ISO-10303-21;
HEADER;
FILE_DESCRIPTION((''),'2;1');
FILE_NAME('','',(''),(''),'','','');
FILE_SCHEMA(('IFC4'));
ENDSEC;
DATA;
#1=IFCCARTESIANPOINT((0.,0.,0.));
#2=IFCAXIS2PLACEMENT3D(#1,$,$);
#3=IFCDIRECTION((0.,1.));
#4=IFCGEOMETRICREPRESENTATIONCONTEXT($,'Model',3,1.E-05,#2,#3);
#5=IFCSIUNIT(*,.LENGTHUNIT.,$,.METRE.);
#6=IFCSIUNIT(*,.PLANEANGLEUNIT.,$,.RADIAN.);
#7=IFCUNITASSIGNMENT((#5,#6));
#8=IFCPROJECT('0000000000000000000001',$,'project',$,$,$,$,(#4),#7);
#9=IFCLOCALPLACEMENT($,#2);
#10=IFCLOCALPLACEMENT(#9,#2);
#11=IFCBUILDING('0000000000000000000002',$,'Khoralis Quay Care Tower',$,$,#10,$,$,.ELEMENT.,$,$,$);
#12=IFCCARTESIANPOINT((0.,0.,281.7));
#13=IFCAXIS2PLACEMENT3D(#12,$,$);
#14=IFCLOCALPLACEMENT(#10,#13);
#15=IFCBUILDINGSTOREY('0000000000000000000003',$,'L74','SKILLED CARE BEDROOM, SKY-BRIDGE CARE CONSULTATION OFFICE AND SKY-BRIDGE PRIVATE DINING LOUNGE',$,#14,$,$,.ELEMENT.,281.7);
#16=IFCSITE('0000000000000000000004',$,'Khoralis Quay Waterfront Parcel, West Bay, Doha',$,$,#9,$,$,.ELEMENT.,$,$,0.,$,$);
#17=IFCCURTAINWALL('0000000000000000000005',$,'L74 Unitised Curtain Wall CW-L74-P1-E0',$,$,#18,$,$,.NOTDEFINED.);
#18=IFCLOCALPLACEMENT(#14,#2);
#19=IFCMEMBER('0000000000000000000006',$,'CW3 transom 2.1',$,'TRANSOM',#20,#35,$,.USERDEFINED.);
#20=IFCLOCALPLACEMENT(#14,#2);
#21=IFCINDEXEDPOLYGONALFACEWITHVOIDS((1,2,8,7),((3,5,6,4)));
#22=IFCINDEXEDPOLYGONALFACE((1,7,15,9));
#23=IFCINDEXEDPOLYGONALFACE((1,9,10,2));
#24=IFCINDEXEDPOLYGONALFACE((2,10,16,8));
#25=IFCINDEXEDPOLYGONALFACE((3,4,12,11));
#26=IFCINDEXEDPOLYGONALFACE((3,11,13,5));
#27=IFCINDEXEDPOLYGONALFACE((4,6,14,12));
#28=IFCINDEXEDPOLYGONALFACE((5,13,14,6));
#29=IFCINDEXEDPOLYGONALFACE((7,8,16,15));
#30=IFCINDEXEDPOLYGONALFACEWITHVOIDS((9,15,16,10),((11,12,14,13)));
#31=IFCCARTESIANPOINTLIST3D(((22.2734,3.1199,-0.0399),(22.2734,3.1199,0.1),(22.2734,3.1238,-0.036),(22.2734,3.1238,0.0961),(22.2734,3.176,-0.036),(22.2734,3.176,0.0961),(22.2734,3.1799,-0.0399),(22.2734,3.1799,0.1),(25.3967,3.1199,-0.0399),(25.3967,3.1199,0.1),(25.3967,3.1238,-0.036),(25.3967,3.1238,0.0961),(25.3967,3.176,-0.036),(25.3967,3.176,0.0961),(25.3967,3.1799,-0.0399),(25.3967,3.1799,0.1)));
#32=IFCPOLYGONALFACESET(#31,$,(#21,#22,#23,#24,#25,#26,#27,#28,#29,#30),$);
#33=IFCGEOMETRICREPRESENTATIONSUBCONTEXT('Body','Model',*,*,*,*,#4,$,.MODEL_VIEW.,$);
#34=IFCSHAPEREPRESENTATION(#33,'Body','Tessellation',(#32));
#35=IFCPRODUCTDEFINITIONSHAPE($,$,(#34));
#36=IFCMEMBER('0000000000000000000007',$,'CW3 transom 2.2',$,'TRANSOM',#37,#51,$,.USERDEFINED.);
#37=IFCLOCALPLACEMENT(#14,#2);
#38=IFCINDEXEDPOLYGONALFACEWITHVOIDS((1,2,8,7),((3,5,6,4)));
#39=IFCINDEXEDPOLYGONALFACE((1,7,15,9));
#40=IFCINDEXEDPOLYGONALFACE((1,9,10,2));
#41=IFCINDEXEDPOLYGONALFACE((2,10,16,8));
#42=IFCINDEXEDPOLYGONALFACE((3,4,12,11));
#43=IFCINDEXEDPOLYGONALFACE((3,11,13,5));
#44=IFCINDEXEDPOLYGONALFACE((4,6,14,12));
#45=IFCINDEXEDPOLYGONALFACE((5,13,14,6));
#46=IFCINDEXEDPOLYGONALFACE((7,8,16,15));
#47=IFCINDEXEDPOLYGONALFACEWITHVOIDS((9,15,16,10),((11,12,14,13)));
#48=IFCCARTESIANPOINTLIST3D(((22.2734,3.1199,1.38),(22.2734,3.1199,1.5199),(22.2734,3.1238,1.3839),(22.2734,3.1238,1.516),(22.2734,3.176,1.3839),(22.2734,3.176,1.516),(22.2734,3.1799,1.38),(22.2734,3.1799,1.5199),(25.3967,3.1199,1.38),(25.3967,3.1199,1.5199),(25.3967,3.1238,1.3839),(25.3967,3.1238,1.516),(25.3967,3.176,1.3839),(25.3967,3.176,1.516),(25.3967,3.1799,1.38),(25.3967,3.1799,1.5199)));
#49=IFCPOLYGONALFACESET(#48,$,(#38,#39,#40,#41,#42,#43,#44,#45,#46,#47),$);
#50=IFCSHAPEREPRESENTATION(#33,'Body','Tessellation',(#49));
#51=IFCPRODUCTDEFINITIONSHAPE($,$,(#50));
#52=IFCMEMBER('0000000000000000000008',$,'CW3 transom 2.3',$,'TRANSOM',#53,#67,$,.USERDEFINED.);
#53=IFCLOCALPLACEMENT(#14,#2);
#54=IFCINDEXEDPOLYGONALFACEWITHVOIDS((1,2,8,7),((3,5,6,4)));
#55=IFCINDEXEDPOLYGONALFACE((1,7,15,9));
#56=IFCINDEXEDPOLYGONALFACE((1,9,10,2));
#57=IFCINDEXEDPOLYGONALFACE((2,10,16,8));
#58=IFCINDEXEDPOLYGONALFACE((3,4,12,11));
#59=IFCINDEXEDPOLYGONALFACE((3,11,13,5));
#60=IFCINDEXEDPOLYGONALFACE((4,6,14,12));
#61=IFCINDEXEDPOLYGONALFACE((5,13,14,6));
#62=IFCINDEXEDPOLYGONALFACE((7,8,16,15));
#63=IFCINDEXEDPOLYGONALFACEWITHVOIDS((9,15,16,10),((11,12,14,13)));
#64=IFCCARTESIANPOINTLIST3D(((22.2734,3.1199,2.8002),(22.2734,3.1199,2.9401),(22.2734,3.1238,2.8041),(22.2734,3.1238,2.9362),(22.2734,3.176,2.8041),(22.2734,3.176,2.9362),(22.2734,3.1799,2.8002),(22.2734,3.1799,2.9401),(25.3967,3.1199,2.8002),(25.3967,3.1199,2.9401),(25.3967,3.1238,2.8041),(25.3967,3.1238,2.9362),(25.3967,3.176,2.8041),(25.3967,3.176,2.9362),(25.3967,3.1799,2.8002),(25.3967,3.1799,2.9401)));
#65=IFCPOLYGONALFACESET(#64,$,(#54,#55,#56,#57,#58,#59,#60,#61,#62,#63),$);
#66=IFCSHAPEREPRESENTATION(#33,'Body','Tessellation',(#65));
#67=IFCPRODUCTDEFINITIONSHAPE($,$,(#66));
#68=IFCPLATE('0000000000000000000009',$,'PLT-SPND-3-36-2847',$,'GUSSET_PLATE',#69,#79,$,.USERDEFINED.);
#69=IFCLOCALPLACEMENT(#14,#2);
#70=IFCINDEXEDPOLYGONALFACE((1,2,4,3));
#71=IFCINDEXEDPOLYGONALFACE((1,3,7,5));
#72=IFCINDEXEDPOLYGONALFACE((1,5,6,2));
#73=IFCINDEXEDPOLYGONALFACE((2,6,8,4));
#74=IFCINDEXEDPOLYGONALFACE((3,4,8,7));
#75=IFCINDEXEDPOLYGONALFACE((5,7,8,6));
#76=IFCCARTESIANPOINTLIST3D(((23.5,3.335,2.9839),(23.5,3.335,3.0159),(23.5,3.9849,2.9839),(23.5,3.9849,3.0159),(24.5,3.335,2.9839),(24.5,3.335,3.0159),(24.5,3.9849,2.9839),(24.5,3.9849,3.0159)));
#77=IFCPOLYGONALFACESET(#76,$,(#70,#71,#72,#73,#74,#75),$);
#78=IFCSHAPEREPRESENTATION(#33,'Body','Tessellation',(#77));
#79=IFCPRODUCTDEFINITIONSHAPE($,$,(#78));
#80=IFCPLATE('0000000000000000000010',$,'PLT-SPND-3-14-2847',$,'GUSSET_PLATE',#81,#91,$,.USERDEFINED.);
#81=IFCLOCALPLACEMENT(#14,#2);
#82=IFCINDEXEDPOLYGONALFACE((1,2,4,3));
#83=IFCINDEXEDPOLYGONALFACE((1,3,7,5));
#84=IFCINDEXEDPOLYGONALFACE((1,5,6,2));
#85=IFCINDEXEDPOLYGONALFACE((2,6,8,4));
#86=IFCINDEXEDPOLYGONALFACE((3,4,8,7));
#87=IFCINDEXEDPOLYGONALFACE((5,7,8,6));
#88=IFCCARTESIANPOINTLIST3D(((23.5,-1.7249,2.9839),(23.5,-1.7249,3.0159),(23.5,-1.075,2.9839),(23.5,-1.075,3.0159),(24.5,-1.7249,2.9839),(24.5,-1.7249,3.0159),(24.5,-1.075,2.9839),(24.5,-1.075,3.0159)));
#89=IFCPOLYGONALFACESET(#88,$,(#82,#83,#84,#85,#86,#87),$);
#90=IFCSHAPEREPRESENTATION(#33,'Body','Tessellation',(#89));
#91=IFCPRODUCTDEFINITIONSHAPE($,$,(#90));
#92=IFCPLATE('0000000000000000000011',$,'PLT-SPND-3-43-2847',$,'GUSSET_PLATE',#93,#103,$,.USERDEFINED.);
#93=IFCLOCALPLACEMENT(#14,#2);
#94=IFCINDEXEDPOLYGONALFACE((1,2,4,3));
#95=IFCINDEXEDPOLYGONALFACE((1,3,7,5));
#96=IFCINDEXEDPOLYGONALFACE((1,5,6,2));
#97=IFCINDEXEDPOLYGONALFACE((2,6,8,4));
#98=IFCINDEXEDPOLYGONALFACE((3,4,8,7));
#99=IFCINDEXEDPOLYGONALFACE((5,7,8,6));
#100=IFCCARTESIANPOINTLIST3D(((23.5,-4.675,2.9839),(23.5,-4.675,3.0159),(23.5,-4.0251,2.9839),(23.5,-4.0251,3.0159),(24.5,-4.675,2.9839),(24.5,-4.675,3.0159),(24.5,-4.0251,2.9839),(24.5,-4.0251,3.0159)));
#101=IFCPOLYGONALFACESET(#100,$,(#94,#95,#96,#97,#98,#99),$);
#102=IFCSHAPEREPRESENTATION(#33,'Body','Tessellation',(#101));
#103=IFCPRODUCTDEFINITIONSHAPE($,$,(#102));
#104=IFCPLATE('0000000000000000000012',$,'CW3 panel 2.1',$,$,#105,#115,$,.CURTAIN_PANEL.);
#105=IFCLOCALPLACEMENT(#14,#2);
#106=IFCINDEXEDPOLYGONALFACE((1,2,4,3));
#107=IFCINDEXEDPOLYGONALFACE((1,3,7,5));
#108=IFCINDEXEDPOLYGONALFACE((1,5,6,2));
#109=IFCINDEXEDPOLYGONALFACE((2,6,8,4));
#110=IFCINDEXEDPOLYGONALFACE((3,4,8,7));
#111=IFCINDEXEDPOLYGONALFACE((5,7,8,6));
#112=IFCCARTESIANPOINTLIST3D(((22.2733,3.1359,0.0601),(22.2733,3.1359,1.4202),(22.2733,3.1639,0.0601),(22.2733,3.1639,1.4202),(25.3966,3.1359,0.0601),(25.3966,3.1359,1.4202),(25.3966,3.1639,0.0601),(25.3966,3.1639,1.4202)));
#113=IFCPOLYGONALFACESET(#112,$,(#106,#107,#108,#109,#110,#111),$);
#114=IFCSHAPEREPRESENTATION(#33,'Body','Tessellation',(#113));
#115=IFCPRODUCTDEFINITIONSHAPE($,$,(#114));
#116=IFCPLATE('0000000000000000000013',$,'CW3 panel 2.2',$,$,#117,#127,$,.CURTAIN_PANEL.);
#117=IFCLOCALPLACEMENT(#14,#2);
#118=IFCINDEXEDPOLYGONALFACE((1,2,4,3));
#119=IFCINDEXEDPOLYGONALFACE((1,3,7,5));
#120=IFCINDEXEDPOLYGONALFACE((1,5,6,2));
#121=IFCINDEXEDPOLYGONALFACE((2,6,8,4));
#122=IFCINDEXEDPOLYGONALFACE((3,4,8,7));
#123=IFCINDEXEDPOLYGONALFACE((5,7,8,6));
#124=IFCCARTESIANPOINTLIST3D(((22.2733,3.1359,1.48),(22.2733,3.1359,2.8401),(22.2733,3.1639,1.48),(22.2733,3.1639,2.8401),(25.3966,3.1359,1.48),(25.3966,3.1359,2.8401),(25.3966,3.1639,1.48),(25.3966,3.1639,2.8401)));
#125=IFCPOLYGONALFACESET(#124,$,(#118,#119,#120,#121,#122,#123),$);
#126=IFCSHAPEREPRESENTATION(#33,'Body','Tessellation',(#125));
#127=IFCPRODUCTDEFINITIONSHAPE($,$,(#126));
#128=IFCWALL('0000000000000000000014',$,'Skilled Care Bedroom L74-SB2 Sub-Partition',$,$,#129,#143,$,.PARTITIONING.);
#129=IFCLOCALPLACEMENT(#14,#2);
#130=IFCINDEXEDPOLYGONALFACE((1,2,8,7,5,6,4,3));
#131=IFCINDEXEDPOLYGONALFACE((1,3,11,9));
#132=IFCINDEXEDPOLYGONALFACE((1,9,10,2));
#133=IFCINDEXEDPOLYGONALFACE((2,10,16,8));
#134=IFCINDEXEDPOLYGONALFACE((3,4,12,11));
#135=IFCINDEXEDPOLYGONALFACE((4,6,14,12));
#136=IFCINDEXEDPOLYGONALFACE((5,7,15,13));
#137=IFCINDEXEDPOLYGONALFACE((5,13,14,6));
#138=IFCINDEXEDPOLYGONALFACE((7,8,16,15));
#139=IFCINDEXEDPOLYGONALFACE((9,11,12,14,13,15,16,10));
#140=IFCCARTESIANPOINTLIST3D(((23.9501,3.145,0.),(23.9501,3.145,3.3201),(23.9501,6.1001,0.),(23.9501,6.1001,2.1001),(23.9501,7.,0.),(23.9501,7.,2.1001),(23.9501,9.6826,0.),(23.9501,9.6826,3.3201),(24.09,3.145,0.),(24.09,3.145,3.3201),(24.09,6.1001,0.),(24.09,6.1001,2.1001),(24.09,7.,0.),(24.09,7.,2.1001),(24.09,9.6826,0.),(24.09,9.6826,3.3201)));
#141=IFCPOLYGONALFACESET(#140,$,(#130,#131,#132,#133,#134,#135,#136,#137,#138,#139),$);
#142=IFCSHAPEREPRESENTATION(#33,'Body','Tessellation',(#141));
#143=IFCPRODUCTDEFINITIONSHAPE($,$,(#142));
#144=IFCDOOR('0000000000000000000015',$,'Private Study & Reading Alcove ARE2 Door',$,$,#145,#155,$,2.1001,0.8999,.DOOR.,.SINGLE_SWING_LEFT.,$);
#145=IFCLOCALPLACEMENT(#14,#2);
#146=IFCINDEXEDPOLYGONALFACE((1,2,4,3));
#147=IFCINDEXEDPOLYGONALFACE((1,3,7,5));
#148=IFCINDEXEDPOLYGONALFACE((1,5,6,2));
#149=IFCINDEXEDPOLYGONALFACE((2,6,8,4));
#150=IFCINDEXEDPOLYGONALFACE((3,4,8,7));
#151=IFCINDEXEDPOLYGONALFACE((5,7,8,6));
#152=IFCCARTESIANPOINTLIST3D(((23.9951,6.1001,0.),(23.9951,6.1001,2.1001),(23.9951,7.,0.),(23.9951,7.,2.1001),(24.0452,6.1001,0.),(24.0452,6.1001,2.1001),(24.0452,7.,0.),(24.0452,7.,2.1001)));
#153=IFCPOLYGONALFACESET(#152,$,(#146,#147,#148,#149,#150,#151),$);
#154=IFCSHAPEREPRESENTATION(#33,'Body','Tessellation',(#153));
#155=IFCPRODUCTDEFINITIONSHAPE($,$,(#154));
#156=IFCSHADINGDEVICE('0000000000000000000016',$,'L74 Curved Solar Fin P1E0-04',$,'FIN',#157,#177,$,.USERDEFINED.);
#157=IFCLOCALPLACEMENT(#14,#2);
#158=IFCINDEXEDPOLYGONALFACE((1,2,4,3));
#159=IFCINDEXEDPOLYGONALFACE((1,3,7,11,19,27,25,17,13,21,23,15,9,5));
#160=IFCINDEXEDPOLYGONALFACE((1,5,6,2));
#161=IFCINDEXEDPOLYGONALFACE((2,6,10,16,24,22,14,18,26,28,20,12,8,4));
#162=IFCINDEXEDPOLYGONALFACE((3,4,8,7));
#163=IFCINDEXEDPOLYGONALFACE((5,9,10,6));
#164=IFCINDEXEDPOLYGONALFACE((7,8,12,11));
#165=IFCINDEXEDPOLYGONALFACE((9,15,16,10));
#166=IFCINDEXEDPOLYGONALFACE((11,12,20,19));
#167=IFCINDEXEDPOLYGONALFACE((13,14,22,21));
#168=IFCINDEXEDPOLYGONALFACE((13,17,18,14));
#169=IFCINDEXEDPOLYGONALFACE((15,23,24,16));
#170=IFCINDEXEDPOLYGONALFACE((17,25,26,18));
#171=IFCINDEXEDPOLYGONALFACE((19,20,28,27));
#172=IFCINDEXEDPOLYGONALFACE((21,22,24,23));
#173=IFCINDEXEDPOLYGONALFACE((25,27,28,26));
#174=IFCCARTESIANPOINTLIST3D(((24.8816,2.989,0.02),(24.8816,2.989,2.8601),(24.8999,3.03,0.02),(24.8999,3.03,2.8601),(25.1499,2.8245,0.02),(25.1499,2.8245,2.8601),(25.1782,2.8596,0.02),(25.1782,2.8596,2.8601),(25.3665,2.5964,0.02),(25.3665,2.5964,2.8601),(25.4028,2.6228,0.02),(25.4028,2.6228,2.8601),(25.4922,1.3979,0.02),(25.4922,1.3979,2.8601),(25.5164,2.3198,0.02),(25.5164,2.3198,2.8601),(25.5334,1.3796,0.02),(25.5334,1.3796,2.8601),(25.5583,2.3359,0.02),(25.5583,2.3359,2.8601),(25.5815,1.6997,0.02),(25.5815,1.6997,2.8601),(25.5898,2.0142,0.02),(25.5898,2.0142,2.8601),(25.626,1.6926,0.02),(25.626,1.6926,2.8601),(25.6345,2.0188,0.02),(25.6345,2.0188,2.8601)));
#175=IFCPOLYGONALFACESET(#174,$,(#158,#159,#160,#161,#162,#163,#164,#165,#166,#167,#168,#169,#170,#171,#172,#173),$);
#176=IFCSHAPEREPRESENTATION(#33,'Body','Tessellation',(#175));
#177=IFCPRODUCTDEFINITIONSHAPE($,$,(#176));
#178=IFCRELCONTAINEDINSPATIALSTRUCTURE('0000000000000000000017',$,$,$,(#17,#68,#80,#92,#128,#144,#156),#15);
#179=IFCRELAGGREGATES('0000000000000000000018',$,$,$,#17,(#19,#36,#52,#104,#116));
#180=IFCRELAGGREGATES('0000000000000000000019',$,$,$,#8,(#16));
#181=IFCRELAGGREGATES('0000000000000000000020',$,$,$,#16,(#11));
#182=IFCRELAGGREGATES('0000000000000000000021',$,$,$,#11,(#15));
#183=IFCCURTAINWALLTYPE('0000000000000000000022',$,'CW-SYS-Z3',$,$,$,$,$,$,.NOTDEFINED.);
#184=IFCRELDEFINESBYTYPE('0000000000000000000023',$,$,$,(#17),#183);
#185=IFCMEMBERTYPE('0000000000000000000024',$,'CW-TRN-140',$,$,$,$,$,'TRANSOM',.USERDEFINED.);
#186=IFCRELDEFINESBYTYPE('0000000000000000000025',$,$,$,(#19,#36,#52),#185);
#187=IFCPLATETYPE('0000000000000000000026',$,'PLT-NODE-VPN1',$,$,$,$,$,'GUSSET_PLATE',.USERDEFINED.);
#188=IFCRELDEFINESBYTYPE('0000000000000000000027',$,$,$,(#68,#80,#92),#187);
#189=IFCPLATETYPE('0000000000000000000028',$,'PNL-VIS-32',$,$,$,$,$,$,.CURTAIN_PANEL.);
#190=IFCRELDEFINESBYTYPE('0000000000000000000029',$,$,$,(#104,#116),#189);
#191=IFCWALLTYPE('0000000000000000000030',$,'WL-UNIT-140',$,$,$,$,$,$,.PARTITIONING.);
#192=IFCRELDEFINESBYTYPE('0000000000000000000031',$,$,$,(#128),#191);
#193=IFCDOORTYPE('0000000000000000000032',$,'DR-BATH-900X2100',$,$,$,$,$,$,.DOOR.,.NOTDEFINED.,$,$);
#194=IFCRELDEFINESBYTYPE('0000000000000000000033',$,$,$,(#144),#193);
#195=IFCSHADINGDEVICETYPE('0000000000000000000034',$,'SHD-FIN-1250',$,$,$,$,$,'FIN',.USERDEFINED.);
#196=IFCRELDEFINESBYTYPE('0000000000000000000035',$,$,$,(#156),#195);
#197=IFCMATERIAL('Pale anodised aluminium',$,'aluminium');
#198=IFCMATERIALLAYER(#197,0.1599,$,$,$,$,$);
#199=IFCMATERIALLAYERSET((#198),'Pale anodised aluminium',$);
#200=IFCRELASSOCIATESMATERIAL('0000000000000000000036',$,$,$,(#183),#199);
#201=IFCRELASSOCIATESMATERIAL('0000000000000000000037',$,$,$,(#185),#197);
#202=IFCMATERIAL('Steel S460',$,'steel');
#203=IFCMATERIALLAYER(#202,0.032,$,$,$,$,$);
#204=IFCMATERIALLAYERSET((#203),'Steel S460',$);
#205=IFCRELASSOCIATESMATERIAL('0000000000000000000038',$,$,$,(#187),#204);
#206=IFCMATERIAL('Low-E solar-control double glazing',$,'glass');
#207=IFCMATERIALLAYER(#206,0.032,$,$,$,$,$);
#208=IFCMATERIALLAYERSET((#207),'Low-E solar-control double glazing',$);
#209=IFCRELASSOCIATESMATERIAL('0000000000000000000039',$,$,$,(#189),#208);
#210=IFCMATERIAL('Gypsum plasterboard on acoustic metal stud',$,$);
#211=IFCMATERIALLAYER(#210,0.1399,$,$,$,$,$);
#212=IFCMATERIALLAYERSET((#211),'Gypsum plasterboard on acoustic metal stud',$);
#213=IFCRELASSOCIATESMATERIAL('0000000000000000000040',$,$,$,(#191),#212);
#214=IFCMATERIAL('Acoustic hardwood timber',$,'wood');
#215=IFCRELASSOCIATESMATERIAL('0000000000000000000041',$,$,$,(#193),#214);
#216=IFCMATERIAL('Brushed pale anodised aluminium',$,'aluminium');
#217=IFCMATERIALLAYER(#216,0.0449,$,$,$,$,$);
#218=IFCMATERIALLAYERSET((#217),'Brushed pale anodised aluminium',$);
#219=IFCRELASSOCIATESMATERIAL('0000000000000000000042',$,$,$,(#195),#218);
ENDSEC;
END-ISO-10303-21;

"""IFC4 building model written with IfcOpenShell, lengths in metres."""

from ifc_helpers import new_model, si_unit, direction, frame, frame_2d, origin, origin_2d, place, context, subcontext, project, spatial, polyline, rectangle, hollow_rectangle, outline, extrude, source, transform, mapped, material, layer, layer_set, material_profile, profile_set, type_object, element, fill, aggregate, save


model = new_model("IFC4")

# Units and contexts
model_context = context("Model", 3, precision=1e-05, world=origin(), true_north=direction((0.0, 1.0)))
body_context = subcontext(model_context, "Body", "Model", "MODEL_VIEW")
ifc_project = project(units=[si_unit("LENGTHUNIT", "METRE"), si_unit("PLANEANGLEUNIT", "RADIAN")], contexts=[model_context])

# Site, building, storey
site_placement = place(None, origin())
site = spatial("IfcSite", under=ifc_project, at=site_placement, Name="Khoralis Quay Waterfront Parcel, West Bay, Doha", CompositionType="ELEMENT", RefElevation=0.0)
building_placement = place(site_placement, origin())
building = spatial("IfcBuilding", under=site, at=building_placement, Name="Khoralis Quay Care Tower", CompositionType="ELEMENT")
storey_placement = place(building_placement, frame((0.0, 0.0, 281.7)))
storey = spatial("IfcBuildingStorey", under=building, at=storey_placement, Name="L74", Description="SKILLED CARE BEDROOM, SKY-BRIDGE CARE CONSULTATION OFFICE AND SKY-BRIDGE PRIVATE DINING LOUNGE", CompositionType="ELEMENT", Elevation=281.7)

# Shared definitions
ifc_material_1 = material(Name="Steel S460", Category="steel")

# Curtain wall, members
ifc_material_2 = material(Name="Pale anodised aluminium", Category="aluminium")
ifc_layer_1 = layer(ifc_material_2, 0.1599)
ifc_layer_set_1 = layer_set([ifc_layer_1], Name="Pale anodised aluminium")
curtain_wall_type = type_object("IfcCurtainWallType", Name="CW-SYS-Z3", PredefinedType="NOTDEFINED", material=ifc_layer_set_1)
curtain_wall_placement = place(storey_placement, origin())
curtain_wall = element("IfcCurtainWall", 1, at=curtain_wall_placement, inside=storey, type_object=curtain_wall_type, Name="L74 Unitised Curtain Wall CW-L74-P1-E0", PredefinedType="NOTDEFINED")
ifc_material_profile_1 = material_profile(ifc_material_2, hollow_rectangle(XDim=0.0601, YDim=0.1399, WallThickness=0.0039, at=origin_2d()), Name="Pale anodised aluminium")
ifc_profile_set_1 = profile_set([ifc_material_profile_1], Name="Pale anodised aluminium")
member_type_1 = type_object("IfcMemberType", Name="CW-TRN-140", ElementType="TRANSOM", PredefinedType="USERDEFINED", material=ifc_profile_set_1)
shared_shape_1 = source(origin(), body_context, "Body", "SweptSolid", [
    extrude(hollow_rectangle(XDim=0.0601, YDim=0.1399, WallThickness=0.0039, at=origin_2d()), origin(), (0.0, 0.0, 1.0), 3.1233),
])
member_1_placement = place(storey_placement, frame((22.2734, 3.1499, 0.03), z_axis=(1.0, 0.0, 0.0), x_axis=(0.0, 1.0, 0.0)))
member_1 = element("IfcMember", 2, at=member_1_placement, type_object=member_type_1, Name="CW3 transom 2.1", ObjectType="TRANSOM", PredefinedType="USERDEFINED", context=body_context, shape_type="MappedRepresentation", body=[
    mapped(shared_shape_1, transform((0.0, 0.0, 0.0), scale=1.0)),
])
member_2_placement = place(storey_placement, frame((22.2734, 3.1499, 1.45), z_axis=(1.0, 0.0, 0.0), x_axis=(0.0, 1.0, 0.0)))
member_2 = element("IfcMember", 3, at=member_2_placement, type_object=member_type_1, Name="CW3 transom 2.2", ObjectType="TRANSOM", PredefinedType="USERDEFINED", context=body_context, shape_type="MappedRepresentation", body=[
    mapped(shared_shape_1, transform((0.0, 0.0, 0.0), scale=1.0)),
])
member_3_placement = place(storey_placement, frame((22.2734, 3.1499, 2.8701), z_axis=(1.0, 0.0, 0.0), x_axis=(0.0, 1.0, 0.0)))
member_3 = element("IfcMember", 4, at=member_3_placement, type_object=member_type_1, Name="CW3 transom 2.3", ObjectType="TRANSOM", PredefinedType="USERDEFINED", context=body_context, shape_type="MappedRepresentation", body=[
    mapped(shared_shape_1, transform((0.0, 0.0, 0.0), scale=1.0)),
])

# Plates
ifc_layer_2 = layer(ifc_material_1, 0.032)
ifc_layer_set_2 = layer_set([ifc_layer_2], Name="Steel S460")
plate_type_1 = type_object("IfcPlateType", Name="PLT-NODE-VPN1", ElementType="GUSSET_PLATE", PredefinedType="USERDEFINED", material=ifc_layer_set_2)
shared_shape_2 = source(origin(), body_context, "Body", "SweptSolid", [
    extrude(rectangle(XDim=1.0, YDim=0.6499, at=origin_2d()), origin(), (0.0, 0.0, 1.0), 0.032),
])
for number, where, z_axis, x_axis, name in (
    (5, (24.0, 3.6599, 2.9839), (0.0, 0.0, 1.0), (1.0, 0.0, 0.0), "PLT-SPND-3-36-2847"),
    (6, (24.0, -1.3999, 2.9839), (0.0, 0.0, 1.0), (1.0, 0.0, 0.0), "PLT-SPND-3-14-2847"),
    (7, (24.0, -4.3501, 2.9839), (0.0, 0.0, 1.0), (1.0, 0.0, 0.0), "PLT-SPND-3-43-2847"),
):
    element("IfcPlate", number, at=place(storey_placement, frame(where, z_axis=z_axis, x_axis=x_axis)), inside=storey, type_object=plate_type_1, Name=name, ObjectType="GUSSET_PLATE", PredefinedType="USERDEFINED", context=body_context, shape_type="MappedRepresentation", body=[
        mapped(shared_shape_2, transform((0.0, 0.0, 0.0), scale=1.0)),
    ])

# Plates
ifc_material_3 = material(Name="Low-E solar-control double glazing", Category="glass")
ifc_layer_3 = layer(ifc_material_3, 0.032)
ifc_layer_set_3 = layer_set([ifc_layer_3], Name="Low-E solar-control double glazing")
plate_type_2 = type_object("IfcPlateType", Name="PNL-VIS-32", PredefinedType="CURTAIN_PANEL", material=ifc_layer_set_3)
shared_shape_3 = source(origin(), body_context, "Body", "SweptSolid", [
    extrude(rectangle(XDim=3.1233, YDim=0.0281, at=origin_2d()), origin(), (0.0, 0.0, 1.0), 1.3601),
])
plate_1_placement = place(storey_placement, frame((23.835, 3.1499, 0.0601), z_axis=(0.0, 0.0, 1.0), x_axis=(1.0, 0.0, 0.0)))
plate_1 = element("IfcPlate", 8, at=plate_1_placement, type_object=plate_type_2, Name="CW3 panel 2.1", PredefinedType="CURTAIN_PANEL", context=body_context, shape_type="MappedRepresentation", body=[
    mapped(shared_shape_3, transform((0.0, 0.0, 0.0), scale=1.0)),
])
plate_2_placement = place(storey_placement, frame((23.835, 3.1499, 1.48), z_axis=(0.0, 0.0, 1.0), x_axis=(1.0, 0.0, 0.0)))
plate_2 = element("IfcPlate", 9, at=plate_2_placement, type_object=plate_type_2, Name="CW3 panel 2.2", PredefinedType="CURTAIN_PANEL", context=body_context, shape_type="MappedRepresentation", body=[
    mapped(shared_shape_3, transform((0.0, 0.0, 0.0), scale=1.0)),
])
aggregate(curtain_wall, [member_1, member_2, member_3, plate_1, plate_2])

# Wall, opening, door
ifc_material_4 = material(Name="Gypsum plasterboard on acoustic metal stud")
ifc_layer_4 = layer(ifc_material_4, 0.1399)
ifc_layer_set_4 = layer_set([ifc_layer_4], Name="Gypsum plasterboard on acoustic metal stud")
wall_type = type_object("IfcWallType", Name="WL-UNIT-140", PredefinedType="PARTITIONING", material=ifc_layer_set_4)
wall_placement = place(storey_placement, frame((24.02, 3.145, 0.0), z_axis=(0.0, 0.0, 1.0), x_axis=(0.0, 1.0, 0.0)))
wall = element("IfcWall", 10, at=wall_placement, inside=storey, type_object=wall_type, Name="Skilled Care Bedroom L74-SB2 Sub-Partition", PredefinedType="PARTITIONING", context=body_context, shape_type="SweptSolid", body=[
    extrude(rectangle(XDim=6.5376, YDim=0.1399, at=frame_2d((3.2688, 0.0))), origin(), (0.0, 0.0, 1.0), 3.3201),
])
opening_placement = place(wall_placement, frame((2.9551, 0.0, 0.0)))
opening = element("IfcOpeningElement", 11, at=opening_placement, cuts=wall, PredefinedType="OPENING", context=body_context, shape_type="SweptSolid", body=[
    extrude(rectangle(XDim=0.8999, YDim=2.1001, at=frame_2d((0.45, 1.05))), frame((0.0, 0.0801, 0.0), z_axis=(0.0, -1.0, 0.0), x_axis=(1.0, 0.0, 0.0)), (0.0, 0.0, 1.0), 0.1599),
])
ifc_material_5 = material(Name="Acoustic hardwood timber", Category="wood")
door_type = type_object("IfcDoorType", Name="DR-BATH-900X2100", OperationType="NOTDEFINED", PredefinedType="DOOR", material=ifc_material_5)
shared_shape_4 = source(origin(), body_context, "Body", "SweptSolid", [
    extrude(rectangle(XDim=0.8999, YDim=2.1001, at=frame_2d((0.45, 1.05))), frame((0.0, 0.0249, 0.0), z_axis=(0.0, -1.0, 0.0), x_axis=(1.0, 0.0, 0.0)), (0.0, 0.0, 1.0), 0.05),
])
door_placement = place(opening_placement, origin())
door = element("IfcDoor", 12, at=door_placement, inside=storey, type_object=door_type, Name="Private Study & Reading Alcove ARE2 Door", OperationType="SINGLE_SWING_LEFT", OverallHeight=2.1001, OverallWidth=0.8999, PredefinedType="DOOR", context=body_context, shape_type="MappedRepresentation", body=[
    mapped(shared_shape_4, transform((0.0, 0.0, 0.0), scale=1.0)),
])
fill(opening, door)

# Shading device
ifc_material_6 = material(Name="Brushed pale anodised aluminium", Category="aluminium")
ifc_layer_5 = layer(ifc_material_6, 0.0449)
ifc_layer_set_5 = layer_set([ifc_layer_5], Name="Brushed pale anodised aluminium")
shading_device_type = type_object("IfcShadingDeviceType", Name="SHD-FIN-1250", ElementType="FIN", PredefinedType="USERDEFINED", material=ifc_layer_set_5)
shared_shape_5 = source(origin(), body_context, "Body", "SweptSolid", [
    extrude(outline(polyline([(0.0, 0.0), (0.1704, 0.2783), (0.4072, 0.5029), (0.6941, 0.6584), (1.0112, 0.7346), (1.3374, 0.7261), (1.6504, 0.6335), (1.6321, 0.5923), (1.3303, 0.6816), (1.0159, 0.6899), (0.7102, 0.6165), (0.4336, 0.4666), (0.2056, 0.25), (0.041, -0.0183), (0.0, 0.0)])), origin(), (0.0, 0.0, 1.0), 2.8401),
])
shading_device_placement = place(storey_placement, frame((24.8999, 3.03, 0.02), z_axis=(0.0, 0.0, 1.0), x_axis=(0.0, -1.0, 0.0)))
element("IfcShadingDevice", 13, at=shading_device_placement, inside=storey, type_object=shading_device_type, Name="L74 Curved Solar Fin P1E0-04", ObjectType="FIN", PredefinedType="USERDEFINED", context=body_context, shape_type="MappedRepresentation", body=[
    mapped(shared_shape_5, transform((0.0, 0.0, 0.0), scale=1.0)),
])

save(model, "model.ifc")
